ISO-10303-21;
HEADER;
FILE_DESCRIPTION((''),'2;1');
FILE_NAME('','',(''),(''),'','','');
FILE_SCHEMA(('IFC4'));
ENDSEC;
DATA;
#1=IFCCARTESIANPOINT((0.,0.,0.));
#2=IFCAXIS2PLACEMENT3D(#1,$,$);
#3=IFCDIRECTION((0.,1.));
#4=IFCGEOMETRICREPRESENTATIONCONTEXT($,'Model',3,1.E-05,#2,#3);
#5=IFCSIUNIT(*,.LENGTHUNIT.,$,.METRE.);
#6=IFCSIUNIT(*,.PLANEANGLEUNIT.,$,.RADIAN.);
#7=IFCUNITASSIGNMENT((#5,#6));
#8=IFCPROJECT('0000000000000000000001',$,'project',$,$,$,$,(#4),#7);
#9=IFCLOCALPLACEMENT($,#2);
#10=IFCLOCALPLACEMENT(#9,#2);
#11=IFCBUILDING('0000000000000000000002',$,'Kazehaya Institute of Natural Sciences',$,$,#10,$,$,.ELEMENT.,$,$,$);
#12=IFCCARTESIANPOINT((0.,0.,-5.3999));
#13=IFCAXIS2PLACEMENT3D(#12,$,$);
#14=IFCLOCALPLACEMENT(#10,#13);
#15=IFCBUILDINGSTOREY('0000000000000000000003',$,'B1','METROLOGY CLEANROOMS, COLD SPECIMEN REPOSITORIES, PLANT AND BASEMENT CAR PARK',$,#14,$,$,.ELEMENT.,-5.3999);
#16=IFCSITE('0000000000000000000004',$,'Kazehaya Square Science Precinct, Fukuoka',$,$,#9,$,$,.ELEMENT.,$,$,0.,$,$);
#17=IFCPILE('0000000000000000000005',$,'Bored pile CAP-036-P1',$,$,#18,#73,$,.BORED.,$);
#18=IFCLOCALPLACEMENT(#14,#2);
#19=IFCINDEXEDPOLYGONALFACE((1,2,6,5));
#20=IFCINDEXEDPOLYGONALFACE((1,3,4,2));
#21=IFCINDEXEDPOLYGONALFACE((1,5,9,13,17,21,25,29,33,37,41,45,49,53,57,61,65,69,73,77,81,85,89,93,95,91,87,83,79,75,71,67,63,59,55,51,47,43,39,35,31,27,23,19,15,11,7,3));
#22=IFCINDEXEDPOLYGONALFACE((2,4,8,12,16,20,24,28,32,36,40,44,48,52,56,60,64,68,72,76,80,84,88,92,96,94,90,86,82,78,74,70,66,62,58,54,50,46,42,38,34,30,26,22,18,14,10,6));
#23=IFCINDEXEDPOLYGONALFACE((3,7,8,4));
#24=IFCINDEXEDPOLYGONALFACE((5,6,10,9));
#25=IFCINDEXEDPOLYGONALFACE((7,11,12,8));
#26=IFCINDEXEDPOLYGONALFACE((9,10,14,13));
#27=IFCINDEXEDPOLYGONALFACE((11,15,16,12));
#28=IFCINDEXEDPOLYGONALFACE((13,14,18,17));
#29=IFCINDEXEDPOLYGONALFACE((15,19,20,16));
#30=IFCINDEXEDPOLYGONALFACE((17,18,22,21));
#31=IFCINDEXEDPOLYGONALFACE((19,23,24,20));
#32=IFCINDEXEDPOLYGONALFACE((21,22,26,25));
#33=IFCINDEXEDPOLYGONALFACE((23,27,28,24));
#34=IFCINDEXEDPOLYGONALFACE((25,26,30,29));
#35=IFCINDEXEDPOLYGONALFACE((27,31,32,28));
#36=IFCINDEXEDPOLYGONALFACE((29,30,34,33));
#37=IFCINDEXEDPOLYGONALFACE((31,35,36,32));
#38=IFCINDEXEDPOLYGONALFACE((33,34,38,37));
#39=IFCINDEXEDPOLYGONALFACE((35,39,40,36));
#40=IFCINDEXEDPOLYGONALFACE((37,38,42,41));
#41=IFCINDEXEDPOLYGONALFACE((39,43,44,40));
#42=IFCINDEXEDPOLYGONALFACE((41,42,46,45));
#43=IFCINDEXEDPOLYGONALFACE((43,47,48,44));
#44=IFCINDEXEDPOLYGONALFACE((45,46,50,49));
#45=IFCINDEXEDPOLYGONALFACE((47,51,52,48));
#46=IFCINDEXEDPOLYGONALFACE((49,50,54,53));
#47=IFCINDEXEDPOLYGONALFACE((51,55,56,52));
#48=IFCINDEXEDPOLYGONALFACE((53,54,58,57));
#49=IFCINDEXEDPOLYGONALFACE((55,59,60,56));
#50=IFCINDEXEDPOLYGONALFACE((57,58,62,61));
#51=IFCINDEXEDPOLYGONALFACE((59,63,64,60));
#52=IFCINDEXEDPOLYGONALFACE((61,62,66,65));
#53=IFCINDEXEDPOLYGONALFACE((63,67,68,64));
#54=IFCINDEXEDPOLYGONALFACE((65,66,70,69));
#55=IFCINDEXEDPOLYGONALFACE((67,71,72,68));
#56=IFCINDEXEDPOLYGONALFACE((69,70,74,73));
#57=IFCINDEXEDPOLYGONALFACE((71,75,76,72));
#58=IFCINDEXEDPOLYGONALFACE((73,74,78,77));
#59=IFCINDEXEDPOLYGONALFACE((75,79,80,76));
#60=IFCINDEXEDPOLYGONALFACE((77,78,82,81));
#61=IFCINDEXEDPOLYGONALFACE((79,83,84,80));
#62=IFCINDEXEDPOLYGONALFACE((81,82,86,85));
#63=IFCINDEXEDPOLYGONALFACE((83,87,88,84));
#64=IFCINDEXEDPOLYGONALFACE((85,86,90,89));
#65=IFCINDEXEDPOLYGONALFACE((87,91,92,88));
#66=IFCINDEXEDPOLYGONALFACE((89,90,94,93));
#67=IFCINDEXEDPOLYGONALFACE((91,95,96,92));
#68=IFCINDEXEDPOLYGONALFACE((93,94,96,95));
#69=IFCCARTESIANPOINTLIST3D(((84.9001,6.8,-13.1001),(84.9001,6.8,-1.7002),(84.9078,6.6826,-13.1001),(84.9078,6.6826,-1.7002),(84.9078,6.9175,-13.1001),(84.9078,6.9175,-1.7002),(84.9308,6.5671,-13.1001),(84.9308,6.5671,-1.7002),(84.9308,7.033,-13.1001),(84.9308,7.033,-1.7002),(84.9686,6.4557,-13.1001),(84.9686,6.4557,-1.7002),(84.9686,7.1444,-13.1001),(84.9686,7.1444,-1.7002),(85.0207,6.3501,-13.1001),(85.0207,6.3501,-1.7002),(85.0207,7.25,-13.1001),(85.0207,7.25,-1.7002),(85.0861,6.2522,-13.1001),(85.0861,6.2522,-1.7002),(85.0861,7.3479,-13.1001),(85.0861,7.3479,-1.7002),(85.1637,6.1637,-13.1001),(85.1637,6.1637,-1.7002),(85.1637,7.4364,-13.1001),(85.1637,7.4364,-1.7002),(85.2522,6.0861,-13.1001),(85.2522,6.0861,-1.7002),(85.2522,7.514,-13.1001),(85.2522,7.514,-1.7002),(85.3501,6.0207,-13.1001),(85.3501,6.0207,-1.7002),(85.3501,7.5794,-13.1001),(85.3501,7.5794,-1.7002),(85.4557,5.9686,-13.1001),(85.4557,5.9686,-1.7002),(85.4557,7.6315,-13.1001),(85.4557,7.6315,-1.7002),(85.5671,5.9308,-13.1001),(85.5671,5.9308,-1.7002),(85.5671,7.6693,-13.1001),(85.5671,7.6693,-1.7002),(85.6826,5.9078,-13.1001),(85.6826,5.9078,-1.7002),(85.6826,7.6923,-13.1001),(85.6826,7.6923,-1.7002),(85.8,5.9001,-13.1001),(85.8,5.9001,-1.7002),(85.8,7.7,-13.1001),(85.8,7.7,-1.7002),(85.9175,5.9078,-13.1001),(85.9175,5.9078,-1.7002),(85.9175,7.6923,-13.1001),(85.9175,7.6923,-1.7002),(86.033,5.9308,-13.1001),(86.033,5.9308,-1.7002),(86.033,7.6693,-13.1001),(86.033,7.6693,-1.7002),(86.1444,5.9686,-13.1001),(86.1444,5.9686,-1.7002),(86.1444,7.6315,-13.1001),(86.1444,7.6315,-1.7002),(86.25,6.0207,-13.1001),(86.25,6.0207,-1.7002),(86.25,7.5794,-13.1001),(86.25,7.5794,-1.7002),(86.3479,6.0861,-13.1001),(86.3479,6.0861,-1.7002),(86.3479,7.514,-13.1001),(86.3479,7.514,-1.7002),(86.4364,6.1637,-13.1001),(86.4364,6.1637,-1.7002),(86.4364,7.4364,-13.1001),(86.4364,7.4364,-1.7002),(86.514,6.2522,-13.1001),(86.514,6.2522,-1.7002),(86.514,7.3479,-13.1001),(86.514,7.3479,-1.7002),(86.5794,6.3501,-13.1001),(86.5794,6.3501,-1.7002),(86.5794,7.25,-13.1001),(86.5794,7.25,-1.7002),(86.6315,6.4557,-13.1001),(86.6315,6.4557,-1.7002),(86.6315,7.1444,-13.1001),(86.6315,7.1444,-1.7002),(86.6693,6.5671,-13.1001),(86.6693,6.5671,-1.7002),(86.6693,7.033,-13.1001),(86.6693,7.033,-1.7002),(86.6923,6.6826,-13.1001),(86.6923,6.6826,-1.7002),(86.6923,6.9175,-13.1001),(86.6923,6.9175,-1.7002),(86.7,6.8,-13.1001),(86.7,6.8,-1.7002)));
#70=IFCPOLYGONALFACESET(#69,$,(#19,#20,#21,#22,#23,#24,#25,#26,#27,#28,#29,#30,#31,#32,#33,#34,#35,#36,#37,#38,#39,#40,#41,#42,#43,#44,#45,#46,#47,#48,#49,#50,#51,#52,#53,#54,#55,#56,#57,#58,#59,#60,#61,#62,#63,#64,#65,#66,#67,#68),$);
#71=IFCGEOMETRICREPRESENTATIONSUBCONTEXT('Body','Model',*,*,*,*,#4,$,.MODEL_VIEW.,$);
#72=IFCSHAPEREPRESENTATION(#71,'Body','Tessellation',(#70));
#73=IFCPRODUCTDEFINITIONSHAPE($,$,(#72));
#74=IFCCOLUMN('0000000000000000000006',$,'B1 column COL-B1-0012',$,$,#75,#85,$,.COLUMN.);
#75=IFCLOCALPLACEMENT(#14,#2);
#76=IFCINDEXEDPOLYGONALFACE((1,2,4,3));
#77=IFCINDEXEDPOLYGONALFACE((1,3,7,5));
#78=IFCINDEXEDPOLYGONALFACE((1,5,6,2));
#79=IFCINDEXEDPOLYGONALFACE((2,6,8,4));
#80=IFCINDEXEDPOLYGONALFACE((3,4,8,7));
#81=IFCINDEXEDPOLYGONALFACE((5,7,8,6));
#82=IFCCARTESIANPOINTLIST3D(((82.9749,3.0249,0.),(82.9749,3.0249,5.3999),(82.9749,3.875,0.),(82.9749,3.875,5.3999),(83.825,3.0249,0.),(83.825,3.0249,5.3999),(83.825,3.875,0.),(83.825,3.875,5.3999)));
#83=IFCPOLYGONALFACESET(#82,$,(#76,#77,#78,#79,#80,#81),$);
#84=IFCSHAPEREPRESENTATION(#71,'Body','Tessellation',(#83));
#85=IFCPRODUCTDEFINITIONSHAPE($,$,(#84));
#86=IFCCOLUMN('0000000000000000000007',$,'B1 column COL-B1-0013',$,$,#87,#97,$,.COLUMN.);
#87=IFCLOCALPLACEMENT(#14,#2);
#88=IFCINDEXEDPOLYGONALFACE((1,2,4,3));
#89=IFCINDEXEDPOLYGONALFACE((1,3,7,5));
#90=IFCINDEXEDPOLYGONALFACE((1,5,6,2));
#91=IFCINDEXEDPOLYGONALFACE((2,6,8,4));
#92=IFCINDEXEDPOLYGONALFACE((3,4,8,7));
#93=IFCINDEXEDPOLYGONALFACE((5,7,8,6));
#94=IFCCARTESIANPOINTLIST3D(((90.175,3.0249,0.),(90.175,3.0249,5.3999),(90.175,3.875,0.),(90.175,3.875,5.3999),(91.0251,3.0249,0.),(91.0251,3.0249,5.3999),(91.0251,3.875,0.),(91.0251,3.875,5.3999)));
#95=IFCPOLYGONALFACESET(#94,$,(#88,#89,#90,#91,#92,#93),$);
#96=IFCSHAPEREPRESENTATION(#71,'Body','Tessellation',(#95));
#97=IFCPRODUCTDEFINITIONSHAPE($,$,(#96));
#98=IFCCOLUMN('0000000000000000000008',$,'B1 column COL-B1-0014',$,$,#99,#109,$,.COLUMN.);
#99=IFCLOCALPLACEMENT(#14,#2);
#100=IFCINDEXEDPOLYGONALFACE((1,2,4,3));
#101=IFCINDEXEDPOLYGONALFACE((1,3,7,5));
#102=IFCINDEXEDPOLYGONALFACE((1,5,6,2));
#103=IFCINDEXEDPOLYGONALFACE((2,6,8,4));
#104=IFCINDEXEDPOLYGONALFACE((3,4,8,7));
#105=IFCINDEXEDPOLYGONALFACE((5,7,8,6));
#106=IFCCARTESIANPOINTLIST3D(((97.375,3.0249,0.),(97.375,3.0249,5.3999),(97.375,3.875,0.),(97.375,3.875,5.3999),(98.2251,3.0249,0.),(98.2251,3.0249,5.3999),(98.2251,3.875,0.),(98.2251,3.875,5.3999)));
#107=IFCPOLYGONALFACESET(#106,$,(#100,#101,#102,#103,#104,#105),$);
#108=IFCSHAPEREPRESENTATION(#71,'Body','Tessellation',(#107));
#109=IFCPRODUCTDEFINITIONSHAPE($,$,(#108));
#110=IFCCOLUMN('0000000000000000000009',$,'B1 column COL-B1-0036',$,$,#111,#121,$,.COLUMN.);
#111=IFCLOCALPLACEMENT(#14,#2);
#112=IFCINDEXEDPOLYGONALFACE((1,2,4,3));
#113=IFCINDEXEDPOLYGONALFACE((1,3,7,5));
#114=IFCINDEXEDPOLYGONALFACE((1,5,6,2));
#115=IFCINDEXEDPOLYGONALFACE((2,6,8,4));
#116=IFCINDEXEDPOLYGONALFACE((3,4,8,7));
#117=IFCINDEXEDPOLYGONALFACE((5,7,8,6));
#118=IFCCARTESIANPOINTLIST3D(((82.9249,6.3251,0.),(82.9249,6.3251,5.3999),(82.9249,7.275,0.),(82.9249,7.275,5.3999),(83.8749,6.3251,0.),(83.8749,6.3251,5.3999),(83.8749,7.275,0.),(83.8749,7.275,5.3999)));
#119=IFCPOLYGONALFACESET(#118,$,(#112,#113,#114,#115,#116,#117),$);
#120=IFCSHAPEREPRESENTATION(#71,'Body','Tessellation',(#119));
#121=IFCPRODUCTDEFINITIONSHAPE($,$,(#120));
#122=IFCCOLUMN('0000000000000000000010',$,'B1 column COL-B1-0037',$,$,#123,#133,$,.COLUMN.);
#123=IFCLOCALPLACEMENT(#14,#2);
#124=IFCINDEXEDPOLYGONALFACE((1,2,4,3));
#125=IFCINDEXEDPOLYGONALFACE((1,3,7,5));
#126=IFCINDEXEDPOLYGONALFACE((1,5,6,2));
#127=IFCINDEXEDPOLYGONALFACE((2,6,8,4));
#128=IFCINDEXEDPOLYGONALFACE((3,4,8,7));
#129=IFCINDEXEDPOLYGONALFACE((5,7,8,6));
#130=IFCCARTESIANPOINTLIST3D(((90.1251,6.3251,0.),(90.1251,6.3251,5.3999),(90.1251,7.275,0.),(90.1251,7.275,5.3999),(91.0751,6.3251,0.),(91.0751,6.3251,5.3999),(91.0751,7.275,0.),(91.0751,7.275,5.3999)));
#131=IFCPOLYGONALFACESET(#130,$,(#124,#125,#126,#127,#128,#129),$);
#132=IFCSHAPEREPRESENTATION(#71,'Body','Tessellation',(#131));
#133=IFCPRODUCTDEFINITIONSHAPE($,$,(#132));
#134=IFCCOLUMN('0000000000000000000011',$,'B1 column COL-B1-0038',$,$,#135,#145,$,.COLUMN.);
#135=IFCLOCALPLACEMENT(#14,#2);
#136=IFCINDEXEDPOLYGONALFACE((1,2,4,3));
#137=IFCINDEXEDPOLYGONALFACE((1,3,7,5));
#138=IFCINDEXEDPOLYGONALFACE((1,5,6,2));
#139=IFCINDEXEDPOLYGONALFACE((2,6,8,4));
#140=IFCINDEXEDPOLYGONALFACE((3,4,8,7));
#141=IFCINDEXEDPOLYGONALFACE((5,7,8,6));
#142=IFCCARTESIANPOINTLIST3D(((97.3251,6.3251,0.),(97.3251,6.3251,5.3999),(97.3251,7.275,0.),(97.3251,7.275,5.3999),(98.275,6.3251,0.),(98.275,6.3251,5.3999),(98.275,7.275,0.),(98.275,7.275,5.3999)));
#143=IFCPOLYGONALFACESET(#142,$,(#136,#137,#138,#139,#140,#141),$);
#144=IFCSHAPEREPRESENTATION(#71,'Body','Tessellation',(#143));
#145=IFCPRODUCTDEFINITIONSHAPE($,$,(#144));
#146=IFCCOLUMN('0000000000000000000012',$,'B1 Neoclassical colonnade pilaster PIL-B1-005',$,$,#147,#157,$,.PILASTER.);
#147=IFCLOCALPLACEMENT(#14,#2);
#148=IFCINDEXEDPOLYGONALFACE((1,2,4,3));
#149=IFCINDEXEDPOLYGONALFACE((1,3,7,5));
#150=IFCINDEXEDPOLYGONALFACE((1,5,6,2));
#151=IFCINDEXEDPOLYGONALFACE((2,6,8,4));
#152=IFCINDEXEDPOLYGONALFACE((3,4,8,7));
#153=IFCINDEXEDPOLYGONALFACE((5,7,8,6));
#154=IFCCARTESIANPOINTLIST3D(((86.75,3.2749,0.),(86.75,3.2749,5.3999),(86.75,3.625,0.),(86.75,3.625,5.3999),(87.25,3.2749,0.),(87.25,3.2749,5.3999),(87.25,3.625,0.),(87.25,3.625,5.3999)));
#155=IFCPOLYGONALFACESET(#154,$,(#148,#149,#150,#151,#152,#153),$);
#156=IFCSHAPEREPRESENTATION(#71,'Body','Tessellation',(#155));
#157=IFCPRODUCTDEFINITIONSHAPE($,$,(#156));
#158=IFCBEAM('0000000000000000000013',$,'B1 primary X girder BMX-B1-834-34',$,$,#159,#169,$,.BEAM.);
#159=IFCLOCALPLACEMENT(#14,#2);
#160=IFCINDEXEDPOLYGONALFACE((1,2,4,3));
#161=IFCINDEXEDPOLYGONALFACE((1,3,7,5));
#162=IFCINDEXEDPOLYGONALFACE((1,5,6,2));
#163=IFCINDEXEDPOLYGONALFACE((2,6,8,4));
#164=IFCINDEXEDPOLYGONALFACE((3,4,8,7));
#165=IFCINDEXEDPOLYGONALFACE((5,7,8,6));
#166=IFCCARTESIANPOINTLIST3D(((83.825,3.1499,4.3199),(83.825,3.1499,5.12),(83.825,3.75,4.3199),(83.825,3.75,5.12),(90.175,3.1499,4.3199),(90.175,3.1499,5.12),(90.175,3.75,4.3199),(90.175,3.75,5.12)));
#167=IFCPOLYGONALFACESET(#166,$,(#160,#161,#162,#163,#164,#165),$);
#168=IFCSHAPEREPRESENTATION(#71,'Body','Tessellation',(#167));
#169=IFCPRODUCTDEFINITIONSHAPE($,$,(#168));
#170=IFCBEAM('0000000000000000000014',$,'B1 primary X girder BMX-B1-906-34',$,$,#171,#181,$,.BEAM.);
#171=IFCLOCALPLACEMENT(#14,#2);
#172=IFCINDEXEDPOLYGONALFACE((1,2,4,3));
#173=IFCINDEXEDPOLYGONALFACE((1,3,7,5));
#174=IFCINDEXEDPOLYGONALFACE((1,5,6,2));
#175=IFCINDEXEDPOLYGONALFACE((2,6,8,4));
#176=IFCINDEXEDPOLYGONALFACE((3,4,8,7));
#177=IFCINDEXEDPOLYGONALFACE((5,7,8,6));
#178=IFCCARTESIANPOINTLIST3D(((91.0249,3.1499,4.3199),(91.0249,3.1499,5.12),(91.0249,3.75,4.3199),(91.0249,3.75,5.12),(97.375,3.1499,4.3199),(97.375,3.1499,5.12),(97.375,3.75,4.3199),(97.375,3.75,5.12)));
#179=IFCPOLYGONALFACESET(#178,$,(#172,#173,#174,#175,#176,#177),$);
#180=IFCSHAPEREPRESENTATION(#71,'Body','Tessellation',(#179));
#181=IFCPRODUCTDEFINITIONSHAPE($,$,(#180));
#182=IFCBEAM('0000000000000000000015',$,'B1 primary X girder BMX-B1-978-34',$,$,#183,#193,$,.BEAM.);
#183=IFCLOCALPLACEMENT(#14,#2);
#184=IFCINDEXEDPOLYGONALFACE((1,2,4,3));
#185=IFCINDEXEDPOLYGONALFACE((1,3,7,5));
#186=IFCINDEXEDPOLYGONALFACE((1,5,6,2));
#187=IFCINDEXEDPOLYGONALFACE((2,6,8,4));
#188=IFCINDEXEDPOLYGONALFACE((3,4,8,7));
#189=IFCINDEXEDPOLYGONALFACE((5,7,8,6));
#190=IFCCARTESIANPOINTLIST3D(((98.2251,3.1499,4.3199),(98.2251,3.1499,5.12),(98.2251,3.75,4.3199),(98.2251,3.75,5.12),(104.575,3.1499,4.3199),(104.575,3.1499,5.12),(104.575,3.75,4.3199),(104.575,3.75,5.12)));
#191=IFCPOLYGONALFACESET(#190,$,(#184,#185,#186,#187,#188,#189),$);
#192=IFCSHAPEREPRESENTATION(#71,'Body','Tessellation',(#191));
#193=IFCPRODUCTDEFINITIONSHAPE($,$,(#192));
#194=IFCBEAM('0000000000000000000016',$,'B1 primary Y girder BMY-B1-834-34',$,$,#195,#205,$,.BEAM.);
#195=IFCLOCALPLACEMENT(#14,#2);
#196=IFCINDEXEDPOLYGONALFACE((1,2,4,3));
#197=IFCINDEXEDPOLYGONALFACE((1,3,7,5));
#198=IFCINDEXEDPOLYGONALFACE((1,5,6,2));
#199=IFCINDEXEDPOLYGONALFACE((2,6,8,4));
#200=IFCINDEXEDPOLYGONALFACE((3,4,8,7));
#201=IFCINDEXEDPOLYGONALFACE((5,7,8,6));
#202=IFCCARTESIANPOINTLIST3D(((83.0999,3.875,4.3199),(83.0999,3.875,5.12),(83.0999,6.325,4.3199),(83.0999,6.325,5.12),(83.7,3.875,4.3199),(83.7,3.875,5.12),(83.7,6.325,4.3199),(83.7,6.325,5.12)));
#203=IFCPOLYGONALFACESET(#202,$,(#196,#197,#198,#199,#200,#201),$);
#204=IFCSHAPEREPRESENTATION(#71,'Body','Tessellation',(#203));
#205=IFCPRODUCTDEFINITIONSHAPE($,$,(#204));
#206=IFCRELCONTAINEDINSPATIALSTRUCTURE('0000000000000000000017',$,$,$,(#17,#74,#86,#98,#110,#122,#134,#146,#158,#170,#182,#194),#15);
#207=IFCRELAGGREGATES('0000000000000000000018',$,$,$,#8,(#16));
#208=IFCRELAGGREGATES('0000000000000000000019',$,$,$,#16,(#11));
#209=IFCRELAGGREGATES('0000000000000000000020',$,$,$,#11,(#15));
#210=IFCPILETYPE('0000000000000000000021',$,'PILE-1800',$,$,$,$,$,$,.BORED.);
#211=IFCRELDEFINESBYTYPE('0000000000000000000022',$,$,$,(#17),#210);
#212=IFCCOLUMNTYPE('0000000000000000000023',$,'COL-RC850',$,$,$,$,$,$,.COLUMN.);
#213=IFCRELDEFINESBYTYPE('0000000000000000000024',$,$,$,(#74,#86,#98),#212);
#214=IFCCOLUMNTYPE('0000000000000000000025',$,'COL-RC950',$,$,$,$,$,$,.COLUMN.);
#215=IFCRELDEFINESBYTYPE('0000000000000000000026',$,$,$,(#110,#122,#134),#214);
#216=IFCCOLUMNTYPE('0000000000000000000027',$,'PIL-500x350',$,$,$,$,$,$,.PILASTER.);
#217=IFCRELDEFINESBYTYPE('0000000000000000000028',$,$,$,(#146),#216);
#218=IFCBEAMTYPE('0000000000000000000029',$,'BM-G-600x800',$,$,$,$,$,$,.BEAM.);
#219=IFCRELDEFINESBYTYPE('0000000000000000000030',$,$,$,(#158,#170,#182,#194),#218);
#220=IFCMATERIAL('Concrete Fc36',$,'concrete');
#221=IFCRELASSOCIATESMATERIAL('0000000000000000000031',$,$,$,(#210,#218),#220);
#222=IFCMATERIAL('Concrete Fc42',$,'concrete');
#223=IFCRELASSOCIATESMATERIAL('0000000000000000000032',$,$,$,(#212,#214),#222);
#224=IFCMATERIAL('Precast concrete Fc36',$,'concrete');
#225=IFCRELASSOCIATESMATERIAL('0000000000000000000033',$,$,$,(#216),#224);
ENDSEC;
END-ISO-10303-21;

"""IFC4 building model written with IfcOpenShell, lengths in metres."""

from ifc_helpers import new_model, si_unit, direction, frame, origin, origin_2d, place, context, subcontext, project, spatial, rectangle, circle, extrude, material, material_profile, profile_set, type_object, element, save


model = new_model("IFC4")

# Units and contexts
model_context = context("Model", 3, precision=1e-05, world=origin(), true_north=direction((0.0, 1.0)))
body_context = subcontext(model_context, "Body", "Model", "MODEL_VIEW")
ifc_project = project(units=[si_unit("LENGTHUNIT", "METRE"), si_unit("PLANEANGLEUNIT", "RADIAN")], contexts=[model_context])

# Site, building, storey
site_placement = place(None, origin())
site = spatial("IfcSite", under=ifc_project, at=site_placement, Name="Kazehaya Square Science Precinct, Fukuoka", CompositionType="ELEMENT", RefElevation=0.0)
building_placement = place(site_placement, origin())
building = spatial("IfcBuilding", under=site, at=building_placement, Name="Kazehaya Institute of Natural Sciences", CompositionType="ELEMENT")
storey_placement = place(building_placement, frame((0.0, 0.0, -5.3999)))
storey = spatial("IfcBuildingStorey", under=building, at=storey_placement, Name="B1", Description="METROLOGY CLEANROOMS, COLD SPECIMEN REPOSITORIES, PLANT AND BASEMENT CAR PARK", CompositionType="ELEMENT", Elevation=-5.3999)

# Shared definitions
ifc_material_1 = material(Name="Concrete Fc36", Category="concrete")

# Pile
ifc_material_profile_1 = material_profile(ifc_material_1, circle(Radius=0.8999, at=origin_2d()), Name="PILE-1800")
ifc_profile_set_1 = profile_set([ifc_material_profile_1], Name="Concrete Fc36")
pile_type_1 = type_object("IfcPileType", Name="PILE-1800", PredefinedType="BORED", material=ifc_profile_set_1)
pile_placement = place(storey_placement, frame((85.8, 6.8, -1.7002), z_axis=(0.0, 0.0, -1.0), x_axis=(1.0, 0.0, 0.0)))
element("IfcPile", 1, at=pile_placement, inside=storey, type_object=pile_type_1, Name="Bored pile CAP-036-P1", PredefinedType="BORED", context=body_context, shape_type="SweptSolid", body=[
    extrude(circle(Radius=0.8999, at=origin_2d()), origin(), (0.0, 0.0, 1.0), 11.3999),
])

# Columns
ifc_material_2 = material(Name="Concrete Fc42", Category="concrete")
ifc_material_profile_2 = material_profile(ifc_material_2, rectangle(XDim=0.8501, YDim=0.8501, at=origin_2d()), Name="RC-850x850")
ifc_profile_set_2 = profile_set([ifc_material_profile_2], Name="Concrete Fc42")
column_type_1 = type_object("IfcColumnType", Name="COL-RC850", PredefinedType="COLUMN", material=ifc_profile_set_2)
for number, where, z_axis, x_axis, name in (
    (2, (83.3999, 3.45, 0.0), (0.0, 0.0, 1.0), (1.0, 0.0, 0.0), "B1 column COL-B1-0012"),
    (3, (90.6001, 3.45, 0.0), (0.0, 0.0, 1.0), (1.0, 0.0, 0.0), "B1 column COL-B1-0013"),
    (4, (97.8, 3.45, 0.0), (0.0, 0.0, 1.0), (1.0, 0.0, 0.0), "B1 column COL-B1-0014"),
):
    element("IfcColumn", number, at=place(storey_placement, frame(where, z_axis=z_axis, x_axis=x_axis)), inside=storey, type_object=column_type_1, Name=name, PredefinedType="COLUMN", context=body_context, shape_type="SweptSolid", body=[
        extrude(rectangle(XDim=0.8501, YDim=0.8501, at=origin_2d()), origin(), (0.0, 0.0, 1.0), 5.3999),
    ])
ifc_material_profile_3 = material_profile(ifc_material_2, rectangle(XDim=0.95, YDim=0.95, at=origin_2d()), Name="RC-950x950")
ifc_profile_set_3 = profile_set([ifc_material_profile_3], Name="Concrete Fc42")
column_type_2 = type_object("IfcColumnType", Name="COL-RC950", PredefinedType="COLUMN", material=ifc_profile_set_3)
for number, where, z_axis, x_axis, name in (
    (5, (83.3999, 6.8, 0.0), (0.0, 0.0, 1.0), (1.0, 0.0, 0.0), "B1 column COL-B1-0036"),
    (6, (90.6001, 6.8, 0.0), (0.0, 0.0, 1.0), (1.0, 0.0, 0.0), "B1 column COL-B1-0037"),
    (7, (97.8, 6.8, 0.0), (0.0, 0.0, 1.0), (1.0, 0.0, 0.0), "B1 column COL-B1-0038"),
):
    element("IfcColumn", number, at=place(storey_placement, frame(where, z_axis=z_axis, x_axis=x_axis)), inside=storey, type_object=column_type_2, Name=name, PredefinedType="COLUMN", context=body_context, shape_type="SweptSolid", body=[
        extrude(rectangle(XDim=0.95, YDim=0.95, at=origin_2d()), origin(), (0.0, 0.0, 1.0), 5.3999),
    ])
ifc_material_3 = material(Name="Precast concrete Fc36", Category="concrete")
ifc_material_profile_4 = material_profile(ifc_material_3, rectangle(XDim=0.5, YDim=0.3501, at=origin_2d()), Name="RC-PIL-500x350")
ifc_profile_set_4 = profile_set([ifc_material_profile_4], Name="Precast concrete Fc36")
column_type_3 = type_object("IfcColumnType", Name="PIL-500x350", PredefinedType="PILASTER", material=ifc_profile_set_4)
column_placement = place(storey_placement, frame((87.0, 3.45, 0.0), z_axis=(0.0, 0.0, 1.0), x_axis=(1.0, 0.0, 0.0)))
element("IfcColumn", 8, at=column_placement, inside=storey, type_object=column_type_3, Name="B1 Neoclassical colonnade pilaster PIL-B1-005", PredefinedType="PILASTER", context=body_context, shape_type="SweptSolid", body=[
    extrude(rectangle(XDim=0.5, YDim=0.3501, at=origin_2d()), origin(), (0.0, 0.0, 1.0), 5.3999),
])

# Beams
ifc_material_profile_5 = material_profile(ifc_material_1, rectangle(XDim=0.6001, YDim=0.8, at=origin_2d()), Name="RC-600x800")
ifc_profile_set_5 = profile_set([ifc_material_profile_5], Name="Concrete Fc36")
beam_type = type_object("IfcBeamType", Name="BM-G-600x800", PredefinedType="BEAM", material=ifc_profile_set_5)
for number, where, z_axis, x_axis, name in (
    (9, (83.825, 3.45, 4.72), (1.0, 0.0, 0.0), (0.0, 1.0, 0.0), "B1 primary X girder BMX-B1-834-34"),
    (10, (91.0249, 3.45, 4.72), (1.0, 0.0, 0.0), (0.0, 1.0, 0.0), "B1 primary X girder BMX-B1-906-34"),
):
    element("IfcBeam", number, at=place(storey_placement, frame(where, z_axis=z_axis, x_axis=x_axis)), inside=storey, type_object=beam_type, Name=name, PredefinedType="BEAM", context=body_context, shape_type="SweptSolid", body=[
        extrude(rectangle(XDim=0.6001, YDim=0.8, at=origin_2d()), origin(), (0.0, 0.0, 1.0), 6.3501),
    ])
beam_1_placement = place(storey_placement, frame((98.2251, 3.45, 4.72), z_axis=(1.0, 0.0, 0.0), x_axis=(0.0, 1.0, 0.0)))
element("IfcBeam", 11, at=beam_1_placement, inside=storey, type_object=beam_type, Name="B1 primary X girder BMX-B1-978-34", PredefinedType="BEAM", context=body_context, shape_type="SweptSolid", body=[
    extrude(rectangle(XDim=0.6001, YDim=0.8, at=origin_2d()), origin(), (0.0, 0.0, 1.0), 6.3499),
])
beam_2_placement = place(storey_placement, frame((83.3999, 3.875, 4.72), z_axis=(0.0, 1.0, 0.0), x_axis=(-1.0, 0.0, 0.0)))
element("IfcBeam", 12, at=beam_2_placement, inside=storey, type_object=beam_type, Name="B1 primary Y girder BMY-B1-834-34", PredefinedType="BEAM", context=body_context, shape_type="SweptSolid", body=[
    extrude(rectangle(XDim=0.6001, YDim=0.8, at=origin_2d()), origin(), (0.0, 0.0, 1.0), 2.45),
])

save(model, "model.ifc")
